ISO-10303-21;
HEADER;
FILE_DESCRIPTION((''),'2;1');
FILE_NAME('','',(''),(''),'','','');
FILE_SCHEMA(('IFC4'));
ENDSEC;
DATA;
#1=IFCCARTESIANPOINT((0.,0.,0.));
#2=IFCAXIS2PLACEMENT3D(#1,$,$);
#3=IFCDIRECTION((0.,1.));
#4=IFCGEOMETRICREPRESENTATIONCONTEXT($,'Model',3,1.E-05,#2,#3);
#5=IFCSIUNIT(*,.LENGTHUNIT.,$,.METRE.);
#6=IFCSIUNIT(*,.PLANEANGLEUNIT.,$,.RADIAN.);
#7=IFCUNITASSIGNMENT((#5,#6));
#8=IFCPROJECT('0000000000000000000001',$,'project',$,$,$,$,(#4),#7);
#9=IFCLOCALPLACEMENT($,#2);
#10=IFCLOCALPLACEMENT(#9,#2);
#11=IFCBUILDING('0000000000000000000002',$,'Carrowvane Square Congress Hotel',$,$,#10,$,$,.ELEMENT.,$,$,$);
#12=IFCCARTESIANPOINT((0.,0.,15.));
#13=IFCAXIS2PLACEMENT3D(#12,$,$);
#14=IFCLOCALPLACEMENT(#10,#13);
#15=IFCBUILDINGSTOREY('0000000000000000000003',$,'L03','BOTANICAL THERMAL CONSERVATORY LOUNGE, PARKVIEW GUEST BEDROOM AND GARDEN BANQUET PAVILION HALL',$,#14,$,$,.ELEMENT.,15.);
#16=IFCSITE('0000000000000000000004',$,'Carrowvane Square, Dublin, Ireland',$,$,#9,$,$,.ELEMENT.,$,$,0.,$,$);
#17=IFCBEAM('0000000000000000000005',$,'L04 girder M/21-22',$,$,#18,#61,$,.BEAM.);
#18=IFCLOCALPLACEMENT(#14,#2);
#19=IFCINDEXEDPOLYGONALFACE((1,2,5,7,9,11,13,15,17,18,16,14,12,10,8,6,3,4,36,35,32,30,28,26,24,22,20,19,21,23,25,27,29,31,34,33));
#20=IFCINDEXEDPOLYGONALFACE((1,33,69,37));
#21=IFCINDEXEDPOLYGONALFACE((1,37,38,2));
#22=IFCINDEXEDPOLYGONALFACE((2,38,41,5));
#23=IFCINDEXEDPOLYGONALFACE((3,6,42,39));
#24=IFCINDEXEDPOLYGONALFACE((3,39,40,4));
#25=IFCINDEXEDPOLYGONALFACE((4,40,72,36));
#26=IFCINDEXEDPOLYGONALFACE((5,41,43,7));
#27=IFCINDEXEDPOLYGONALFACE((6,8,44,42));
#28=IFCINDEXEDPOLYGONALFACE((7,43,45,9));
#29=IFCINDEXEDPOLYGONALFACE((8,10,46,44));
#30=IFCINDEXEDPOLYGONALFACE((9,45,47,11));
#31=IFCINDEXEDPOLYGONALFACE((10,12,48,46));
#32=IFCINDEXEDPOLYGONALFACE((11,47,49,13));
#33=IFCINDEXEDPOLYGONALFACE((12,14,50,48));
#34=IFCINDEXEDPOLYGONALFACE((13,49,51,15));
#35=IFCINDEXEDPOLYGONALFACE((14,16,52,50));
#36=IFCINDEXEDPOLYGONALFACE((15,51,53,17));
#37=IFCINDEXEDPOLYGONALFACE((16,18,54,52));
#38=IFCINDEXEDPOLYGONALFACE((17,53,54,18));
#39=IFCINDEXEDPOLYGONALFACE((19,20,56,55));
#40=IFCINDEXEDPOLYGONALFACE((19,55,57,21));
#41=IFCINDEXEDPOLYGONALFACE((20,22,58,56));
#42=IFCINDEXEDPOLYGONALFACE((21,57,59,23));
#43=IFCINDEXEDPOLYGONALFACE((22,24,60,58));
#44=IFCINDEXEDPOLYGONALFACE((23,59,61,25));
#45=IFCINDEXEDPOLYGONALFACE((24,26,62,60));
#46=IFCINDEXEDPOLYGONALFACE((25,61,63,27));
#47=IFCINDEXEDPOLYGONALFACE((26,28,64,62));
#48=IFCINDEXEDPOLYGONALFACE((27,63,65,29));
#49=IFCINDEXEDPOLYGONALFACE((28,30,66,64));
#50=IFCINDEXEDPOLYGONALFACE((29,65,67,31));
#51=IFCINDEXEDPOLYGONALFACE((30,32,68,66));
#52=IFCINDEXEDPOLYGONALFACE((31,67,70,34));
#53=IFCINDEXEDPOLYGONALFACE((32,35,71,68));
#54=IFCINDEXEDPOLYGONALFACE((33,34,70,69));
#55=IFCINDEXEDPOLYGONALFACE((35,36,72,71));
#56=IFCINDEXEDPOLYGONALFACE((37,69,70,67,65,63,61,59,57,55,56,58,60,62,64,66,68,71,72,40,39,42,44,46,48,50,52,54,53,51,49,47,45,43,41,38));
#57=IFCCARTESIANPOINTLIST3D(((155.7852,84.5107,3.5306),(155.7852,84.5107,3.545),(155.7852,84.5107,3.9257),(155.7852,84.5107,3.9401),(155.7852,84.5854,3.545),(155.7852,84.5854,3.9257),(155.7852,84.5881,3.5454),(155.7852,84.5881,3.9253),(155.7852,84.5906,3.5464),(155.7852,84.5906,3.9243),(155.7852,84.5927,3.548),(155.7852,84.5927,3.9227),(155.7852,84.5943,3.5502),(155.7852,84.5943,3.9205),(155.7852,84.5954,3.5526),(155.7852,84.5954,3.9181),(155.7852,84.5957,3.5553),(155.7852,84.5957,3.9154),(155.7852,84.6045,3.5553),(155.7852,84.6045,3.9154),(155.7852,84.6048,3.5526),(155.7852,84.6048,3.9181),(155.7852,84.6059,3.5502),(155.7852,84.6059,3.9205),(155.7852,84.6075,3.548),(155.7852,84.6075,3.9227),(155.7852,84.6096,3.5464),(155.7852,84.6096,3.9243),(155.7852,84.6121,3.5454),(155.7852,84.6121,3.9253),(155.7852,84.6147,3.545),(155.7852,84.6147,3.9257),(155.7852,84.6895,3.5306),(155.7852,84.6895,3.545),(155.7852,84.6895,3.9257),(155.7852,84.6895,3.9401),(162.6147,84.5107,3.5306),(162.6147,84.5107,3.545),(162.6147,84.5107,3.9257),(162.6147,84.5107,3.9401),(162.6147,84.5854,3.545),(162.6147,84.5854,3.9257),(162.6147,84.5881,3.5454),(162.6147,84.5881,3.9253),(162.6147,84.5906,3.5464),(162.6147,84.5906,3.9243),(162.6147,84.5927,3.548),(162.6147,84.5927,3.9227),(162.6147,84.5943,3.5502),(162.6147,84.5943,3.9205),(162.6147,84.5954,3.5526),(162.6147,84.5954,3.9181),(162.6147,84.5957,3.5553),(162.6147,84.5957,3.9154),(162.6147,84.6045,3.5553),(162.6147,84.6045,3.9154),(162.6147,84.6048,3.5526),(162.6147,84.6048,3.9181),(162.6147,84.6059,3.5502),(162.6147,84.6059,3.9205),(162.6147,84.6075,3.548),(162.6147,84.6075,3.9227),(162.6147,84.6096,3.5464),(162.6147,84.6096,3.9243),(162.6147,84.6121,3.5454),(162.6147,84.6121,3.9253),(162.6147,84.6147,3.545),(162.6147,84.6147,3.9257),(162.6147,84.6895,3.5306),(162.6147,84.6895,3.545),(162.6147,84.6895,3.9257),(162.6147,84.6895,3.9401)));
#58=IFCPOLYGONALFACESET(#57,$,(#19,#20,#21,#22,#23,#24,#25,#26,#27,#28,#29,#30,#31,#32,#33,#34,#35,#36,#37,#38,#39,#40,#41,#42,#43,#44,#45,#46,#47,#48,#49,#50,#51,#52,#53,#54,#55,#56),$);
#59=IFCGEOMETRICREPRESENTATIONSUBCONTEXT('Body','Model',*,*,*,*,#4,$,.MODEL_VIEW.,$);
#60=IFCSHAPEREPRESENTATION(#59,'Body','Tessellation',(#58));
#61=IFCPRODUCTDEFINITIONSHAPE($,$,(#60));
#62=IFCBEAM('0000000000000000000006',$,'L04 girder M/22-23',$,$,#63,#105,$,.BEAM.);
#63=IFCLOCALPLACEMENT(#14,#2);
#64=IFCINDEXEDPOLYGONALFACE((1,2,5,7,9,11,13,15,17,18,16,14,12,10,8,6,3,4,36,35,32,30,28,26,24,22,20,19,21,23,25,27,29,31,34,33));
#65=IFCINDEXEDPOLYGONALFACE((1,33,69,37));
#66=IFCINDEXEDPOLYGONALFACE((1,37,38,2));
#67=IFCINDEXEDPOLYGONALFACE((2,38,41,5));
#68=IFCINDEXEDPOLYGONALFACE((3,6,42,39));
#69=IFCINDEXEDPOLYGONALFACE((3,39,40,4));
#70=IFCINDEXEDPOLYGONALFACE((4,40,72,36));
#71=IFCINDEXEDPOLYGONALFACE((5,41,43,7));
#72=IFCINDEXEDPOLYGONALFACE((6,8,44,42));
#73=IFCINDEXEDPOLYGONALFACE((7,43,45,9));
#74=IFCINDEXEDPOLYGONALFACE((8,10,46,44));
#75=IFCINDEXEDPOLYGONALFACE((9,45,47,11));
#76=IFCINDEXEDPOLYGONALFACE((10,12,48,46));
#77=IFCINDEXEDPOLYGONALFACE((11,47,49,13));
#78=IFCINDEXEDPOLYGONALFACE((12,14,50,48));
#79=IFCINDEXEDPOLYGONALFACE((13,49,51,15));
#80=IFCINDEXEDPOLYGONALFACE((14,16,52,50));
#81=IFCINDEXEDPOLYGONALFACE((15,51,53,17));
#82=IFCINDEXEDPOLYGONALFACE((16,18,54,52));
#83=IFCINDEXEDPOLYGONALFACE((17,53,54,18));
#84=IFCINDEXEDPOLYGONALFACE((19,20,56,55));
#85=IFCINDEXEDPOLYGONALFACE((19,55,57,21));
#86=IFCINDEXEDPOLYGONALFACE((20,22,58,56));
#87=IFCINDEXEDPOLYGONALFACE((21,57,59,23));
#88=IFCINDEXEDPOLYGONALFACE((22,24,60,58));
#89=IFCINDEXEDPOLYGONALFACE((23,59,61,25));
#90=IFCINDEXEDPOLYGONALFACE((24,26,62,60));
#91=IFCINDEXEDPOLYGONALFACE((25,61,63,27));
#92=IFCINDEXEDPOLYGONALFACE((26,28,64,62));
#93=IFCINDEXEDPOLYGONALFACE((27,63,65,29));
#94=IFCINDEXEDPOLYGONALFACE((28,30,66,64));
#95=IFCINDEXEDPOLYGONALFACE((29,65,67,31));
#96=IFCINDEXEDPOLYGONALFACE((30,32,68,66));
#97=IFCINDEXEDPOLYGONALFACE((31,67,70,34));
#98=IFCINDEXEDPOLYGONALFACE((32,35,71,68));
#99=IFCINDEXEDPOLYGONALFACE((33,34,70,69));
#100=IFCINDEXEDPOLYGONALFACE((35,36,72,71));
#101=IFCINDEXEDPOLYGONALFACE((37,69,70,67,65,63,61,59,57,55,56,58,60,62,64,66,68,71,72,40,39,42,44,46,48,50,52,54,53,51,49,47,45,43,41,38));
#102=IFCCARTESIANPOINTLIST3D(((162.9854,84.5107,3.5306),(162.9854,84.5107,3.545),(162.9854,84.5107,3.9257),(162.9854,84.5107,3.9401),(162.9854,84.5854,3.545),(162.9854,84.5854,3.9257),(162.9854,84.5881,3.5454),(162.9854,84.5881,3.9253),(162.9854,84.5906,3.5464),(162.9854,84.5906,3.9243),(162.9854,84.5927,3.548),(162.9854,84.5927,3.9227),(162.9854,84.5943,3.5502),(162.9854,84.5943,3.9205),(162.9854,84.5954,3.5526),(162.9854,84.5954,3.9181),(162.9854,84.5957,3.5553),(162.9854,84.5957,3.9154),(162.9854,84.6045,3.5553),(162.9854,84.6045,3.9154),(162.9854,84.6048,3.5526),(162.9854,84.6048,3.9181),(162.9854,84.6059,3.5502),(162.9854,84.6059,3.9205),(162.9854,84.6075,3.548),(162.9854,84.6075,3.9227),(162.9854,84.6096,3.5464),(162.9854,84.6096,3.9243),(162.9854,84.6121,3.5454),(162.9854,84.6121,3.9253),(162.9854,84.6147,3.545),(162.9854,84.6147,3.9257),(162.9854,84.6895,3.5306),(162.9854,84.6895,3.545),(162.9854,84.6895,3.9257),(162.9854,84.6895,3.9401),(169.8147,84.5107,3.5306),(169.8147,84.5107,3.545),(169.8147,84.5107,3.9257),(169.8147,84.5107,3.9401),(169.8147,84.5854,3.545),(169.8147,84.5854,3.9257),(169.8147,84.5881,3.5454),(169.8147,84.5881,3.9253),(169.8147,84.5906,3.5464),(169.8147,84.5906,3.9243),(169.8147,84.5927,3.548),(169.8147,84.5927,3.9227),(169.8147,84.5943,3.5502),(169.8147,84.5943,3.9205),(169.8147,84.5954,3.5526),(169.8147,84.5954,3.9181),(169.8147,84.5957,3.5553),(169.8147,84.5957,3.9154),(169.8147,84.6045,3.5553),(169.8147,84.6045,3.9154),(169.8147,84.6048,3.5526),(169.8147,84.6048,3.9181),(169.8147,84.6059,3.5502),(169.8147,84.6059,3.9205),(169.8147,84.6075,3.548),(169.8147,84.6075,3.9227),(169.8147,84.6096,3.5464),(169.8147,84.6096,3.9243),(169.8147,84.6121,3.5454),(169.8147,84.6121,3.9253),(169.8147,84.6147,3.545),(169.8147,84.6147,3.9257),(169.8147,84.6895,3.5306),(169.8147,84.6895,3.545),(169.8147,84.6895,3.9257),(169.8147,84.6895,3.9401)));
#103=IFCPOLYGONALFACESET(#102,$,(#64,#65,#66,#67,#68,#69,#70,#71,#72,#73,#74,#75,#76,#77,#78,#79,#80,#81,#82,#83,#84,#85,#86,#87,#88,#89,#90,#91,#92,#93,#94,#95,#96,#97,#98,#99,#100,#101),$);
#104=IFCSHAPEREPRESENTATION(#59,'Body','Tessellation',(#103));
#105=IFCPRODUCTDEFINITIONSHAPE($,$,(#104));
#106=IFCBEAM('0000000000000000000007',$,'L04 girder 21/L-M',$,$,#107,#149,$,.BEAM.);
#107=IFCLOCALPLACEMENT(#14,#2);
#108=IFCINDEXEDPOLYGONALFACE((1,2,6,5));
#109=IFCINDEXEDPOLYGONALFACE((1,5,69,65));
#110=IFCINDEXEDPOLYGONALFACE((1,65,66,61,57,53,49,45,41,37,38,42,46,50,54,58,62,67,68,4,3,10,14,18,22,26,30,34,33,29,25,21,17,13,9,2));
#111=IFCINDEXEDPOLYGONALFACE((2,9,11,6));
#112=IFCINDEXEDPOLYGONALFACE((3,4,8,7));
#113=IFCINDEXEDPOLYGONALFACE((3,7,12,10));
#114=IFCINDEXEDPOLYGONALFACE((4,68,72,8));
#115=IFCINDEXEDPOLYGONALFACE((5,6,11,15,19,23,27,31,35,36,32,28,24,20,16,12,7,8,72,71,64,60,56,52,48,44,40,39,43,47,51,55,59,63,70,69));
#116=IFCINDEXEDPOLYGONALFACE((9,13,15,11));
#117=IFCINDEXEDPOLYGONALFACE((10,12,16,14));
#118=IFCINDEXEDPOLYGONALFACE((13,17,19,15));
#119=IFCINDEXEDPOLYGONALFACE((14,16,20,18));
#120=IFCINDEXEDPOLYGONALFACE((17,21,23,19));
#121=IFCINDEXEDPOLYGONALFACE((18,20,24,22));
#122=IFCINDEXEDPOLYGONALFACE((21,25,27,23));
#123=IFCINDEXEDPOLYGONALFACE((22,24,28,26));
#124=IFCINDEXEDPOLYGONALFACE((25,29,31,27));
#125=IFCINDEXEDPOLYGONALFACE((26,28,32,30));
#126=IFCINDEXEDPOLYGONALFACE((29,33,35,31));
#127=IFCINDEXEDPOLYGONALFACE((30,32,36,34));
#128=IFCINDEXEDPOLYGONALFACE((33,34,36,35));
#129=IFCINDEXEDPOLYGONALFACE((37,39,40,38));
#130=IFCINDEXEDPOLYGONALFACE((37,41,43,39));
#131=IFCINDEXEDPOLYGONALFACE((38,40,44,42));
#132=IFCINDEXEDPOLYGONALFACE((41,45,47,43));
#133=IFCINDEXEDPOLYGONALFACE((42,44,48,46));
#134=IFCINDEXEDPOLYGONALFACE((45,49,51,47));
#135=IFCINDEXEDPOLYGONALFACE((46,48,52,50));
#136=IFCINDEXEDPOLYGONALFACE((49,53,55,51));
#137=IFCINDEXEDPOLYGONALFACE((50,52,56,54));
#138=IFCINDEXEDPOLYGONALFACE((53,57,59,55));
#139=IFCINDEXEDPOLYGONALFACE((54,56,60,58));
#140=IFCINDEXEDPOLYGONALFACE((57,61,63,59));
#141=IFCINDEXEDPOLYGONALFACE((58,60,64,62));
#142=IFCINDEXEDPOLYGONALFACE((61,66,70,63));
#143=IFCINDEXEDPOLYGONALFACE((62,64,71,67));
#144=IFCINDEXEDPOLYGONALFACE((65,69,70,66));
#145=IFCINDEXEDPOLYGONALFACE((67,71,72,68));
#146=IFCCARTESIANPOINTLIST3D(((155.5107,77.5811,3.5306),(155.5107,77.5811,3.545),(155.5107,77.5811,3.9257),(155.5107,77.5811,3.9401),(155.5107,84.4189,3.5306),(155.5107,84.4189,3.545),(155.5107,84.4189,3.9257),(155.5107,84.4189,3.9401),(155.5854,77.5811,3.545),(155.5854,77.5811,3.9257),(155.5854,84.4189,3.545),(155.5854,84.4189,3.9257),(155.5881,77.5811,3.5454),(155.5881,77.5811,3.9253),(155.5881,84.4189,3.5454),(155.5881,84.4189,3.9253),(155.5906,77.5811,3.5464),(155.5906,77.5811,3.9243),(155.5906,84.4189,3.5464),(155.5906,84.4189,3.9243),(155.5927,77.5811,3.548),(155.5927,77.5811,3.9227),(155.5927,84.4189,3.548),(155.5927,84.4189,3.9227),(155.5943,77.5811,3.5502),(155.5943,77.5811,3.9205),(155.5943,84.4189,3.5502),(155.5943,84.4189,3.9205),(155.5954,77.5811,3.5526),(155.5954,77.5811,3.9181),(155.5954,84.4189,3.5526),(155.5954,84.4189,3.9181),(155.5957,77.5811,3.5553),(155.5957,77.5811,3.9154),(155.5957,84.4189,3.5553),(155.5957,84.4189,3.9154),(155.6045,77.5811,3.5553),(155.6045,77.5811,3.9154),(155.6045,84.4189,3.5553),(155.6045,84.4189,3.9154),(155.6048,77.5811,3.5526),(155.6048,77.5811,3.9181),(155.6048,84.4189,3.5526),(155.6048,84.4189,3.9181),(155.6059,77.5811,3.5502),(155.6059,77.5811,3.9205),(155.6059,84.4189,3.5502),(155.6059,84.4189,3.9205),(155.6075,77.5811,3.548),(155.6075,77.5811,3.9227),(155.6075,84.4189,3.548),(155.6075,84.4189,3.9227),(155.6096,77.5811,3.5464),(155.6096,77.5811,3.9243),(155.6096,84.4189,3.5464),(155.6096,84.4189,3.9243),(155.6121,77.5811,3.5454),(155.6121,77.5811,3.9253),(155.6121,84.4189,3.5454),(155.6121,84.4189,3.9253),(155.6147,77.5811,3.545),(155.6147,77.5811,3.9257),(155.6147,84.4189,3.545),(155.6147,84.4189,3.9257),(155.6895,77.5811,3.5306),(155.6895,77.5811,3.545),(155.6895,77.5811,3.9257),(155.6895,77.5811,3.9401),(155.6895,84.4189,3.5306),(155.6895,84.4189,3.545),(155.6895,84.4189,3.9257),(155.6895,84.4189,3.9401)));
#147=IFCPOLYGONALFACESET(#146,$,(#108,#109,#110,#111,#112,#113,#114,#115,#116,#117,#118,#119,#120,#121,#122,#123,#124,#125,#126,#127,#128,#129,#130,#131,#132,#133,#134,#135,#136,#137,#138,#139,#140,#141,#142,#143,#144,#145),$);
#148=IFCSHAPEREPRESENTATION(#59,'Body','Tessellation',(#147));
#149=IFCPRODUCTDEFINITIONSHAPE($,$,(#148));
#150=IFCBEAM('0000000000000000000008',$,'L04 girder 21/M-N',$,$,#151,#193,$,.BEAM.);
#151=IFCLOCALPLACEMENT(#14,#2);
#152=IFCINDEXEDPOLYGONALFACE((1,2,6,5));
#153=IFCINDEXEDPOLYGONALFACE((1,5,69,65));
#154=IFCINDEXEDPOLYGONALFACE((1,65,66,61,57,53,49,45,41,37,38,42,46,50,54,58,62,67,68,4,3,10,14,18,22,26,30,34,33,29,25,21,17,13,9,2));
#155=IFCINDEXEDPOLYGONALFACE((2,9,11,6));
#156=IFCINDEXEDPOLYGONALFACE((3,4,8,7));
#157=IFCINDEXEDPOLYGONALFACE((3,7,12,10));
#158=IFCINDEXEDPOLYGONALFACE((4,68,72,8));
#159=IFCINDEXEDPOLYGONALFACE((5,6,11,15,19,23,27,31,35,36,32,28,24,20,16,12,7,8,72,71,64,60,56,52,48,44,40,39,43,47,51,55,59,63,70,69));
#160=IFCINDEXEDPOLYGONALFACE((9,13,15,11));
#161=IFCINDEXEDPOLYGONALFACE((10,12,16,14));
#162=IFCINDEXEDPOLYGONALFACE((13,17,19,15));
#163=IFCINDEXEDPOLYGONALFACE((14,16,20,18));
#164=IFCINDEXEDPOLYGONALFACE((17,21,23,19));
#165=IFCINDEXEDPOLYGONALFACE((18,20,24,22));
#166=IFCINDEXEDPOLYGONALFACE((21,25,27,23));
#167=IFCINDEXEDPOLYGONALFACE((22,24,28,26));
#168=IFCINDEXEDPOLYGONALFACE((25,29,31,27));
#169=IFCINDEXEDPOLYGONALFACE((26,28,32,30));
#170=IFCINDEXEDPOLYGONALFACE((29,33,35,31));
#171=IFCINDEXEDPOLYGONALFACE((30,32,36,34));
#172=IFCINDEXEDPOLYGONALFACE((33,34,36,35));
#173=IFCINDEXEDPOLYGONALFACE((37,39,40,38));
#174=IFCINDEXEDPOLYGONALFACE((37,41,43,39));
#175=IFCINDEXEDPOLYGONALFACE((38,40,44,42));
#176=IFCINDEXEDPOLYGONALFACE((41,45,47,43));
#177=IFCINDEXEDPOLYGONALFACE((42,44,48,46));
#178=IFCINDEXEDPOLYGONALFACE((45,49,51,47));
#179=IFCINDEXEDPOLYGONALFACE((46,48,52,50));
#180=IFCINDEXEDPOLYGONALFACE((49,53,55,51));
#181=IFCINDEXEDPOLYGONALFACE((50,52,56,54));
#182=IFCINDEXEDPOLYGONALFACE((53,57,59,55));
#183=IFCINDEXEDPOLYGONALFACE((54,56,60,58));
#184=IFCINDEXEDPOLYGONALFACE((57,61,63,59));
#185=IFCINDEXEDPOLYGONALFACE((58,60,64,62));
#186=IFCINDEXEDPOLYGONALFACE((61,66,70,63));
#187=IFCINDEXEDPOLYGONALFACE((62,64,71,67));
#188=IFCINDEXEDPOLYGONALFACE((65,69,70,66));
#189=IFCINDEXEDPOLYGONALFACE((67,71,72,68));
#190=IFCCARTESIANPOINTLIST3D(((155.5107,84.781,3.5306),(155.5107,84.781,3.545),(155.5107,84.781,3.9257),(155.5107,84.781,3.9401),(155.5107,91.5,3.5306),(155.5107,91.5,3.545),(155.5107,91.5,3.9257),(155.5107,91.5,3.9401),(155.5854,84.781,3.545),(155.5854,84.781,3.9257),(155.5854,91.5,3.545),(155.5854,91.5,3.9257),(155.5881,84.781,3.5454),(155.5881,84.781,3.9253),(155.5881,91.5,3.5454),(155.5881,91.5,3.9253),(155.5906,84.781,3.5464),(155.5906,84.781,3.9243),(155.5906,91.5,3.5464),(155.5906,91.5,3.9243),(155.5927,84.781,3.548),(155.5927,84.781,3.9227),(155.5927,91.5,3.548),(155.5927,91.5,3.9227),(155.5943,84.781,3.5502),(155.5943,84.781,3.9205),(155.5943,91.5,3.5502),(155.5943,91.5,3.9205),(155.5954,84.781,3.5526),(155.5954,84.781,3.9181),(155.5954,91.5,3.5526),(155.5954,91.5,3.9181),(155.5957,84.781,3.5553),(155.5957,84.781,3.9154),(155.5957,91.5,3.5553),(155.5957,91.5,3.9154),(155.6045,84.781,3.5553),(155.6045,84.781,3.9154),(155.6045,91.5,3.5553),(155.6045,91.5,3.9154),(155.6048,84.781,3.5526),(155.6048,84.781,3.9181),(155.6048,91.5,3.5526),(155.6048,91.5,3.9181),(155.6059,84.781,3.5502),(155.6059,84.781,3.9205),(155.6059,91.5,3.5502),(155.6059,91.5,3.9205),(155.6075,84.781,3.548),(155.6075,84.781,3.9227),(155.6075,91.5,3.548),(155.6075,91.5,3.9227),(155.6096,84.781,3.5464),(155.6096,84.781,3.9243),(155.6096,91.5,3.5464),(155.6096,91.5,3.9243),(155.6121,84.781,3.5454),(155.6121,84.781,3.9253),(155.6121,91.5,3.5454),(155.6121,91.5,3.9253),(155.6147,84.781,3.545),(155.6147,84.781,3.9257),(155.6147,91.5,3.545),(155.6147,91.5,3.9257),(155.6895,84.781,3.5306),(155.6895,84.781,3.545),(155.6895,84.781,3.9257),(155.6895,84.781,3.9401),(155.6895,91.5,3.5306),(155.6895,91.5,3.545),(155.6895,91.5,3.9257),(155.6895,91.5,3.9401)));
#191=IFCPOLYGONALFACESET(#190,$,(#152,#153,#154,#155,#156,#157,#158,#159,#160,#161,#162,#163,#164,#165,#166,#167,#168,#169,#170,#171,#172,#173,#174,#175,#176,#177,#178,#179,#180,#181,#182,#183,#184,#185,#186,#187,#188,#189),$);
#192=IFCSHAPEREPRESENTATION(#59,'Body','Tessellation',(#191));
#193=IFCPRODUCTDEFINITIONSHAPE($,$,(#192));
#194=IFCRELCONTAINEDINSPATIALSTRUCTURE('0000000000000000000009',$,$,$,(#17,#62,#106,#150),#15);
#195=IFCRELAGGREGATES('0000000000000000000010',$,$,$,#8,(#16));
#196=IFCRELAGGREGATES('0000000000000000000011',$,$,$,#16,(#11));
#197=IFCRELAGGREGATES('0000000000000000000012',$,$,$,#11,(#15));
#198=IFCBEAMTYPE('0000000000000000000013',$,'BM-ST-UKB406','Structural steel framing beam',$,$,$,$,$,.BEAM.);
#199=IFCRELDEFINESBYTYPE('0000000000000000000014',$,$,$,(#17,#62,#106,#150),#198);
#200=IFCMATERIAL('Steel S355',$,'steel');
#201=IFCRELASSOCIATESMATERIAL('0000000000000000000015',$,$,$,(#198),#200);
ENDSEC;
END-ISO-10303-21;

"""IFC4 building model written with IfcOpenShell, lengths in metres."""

from ifc_helpers import new_model, si_unit, direction, frame, origin, origin_2d, place, context, subcontext, project, spatial, i_section, extrude, material, material_profile, profile_set, type_object, element, save


model = new_model("IFC4")

# Units and contexts
model_context = context("Model", 3, precision=1e-05, world=origin(), true_north=direction((0.0, 1.0)))
body_context = subcontext(model_context, "Body", "Model", "MODEL_VIEW")
ifc_project = project(units=[si_unit("LENGTHUNIT", "METRE"), si_unit("PLANEANGLEUNIT", "RADIAN")], contexts=[model_context])

# Site, building, storey
site_placement = place(None, origin())
site = spatial("IfcSite", under=ifc_project, at=site_placement, Name="Carrowvane Square, Dublin, Ireland", CompositionType="ELEMENT", RefElevation=0.0)
building_placement = place(site_placement, origin())
building = spatial("IfcBuilding", under=site, at=building_placement, Name="Carrowvane Square Congress Hotel", CompositionType="ELEMENT")
storey_placement = place(building_placement, frame((0.0, 0.0, 15.0)))
storey = spatial("IfcBuildingStorey", under=building, at=storey_placement, Name="L03", Description="BOTANICAL THERMAL CONSERVATORY LOUNGE, PARKVIEW GUEST BEDROOM AND GARDEN BANQUET PAVILION HALL", CompositionType="ELEMENT", Elevation=15.0)

# Beams
ifc_material_1 = material(Name="Steel S355", Category="steel")
ifc_material_profile_1 = material_profile(ifc_material_1, i_section(OverallWidth=0.1787, OverallDepth=0.4094, WebThickness=0.0088, FlangeThickness=0.0144, FilletRadius=0.0103, at=origin_2d()), Name="UKB 406x178x67")
ifc_profile_set_1 = profile_set([ifc_material_profile_1], Name="Steel S355")
beam_type_1 = type_object("IfcBeamType", Name="BM-ST-UKB406", Description="Structural steel framing beam", PredefinedType="BEAM", material=ifc_profile_set_1)
beam_1_placement = place(storey_placement, frame((155.7852, 84.6001, 3.7354), z_axis=(1.0, 0.0, 0.0), x_axis=(0.0, 1.0, 0.0)))
element("IfcBeam", 1, at=beam_1_placement, inside=storey, type_object=beam_type_1, Name="L04 girder M/21-22", PredefinedType="BEAM", context=body_context, shape_type="SweptSolid", body=[
    extrude(i_section(OverallWidth=0.1787, OverallDepth=0.4094, WebThickness=0.0088, FlangeThickness=0.0144, FilletRadius=0.0103, at=origin_2d()), origin(), (0.0, 0.0, 1.0), 6.8296),
])
beam_2_placement = place(storey_placement, frame((162.9854, 84.6001, 3.7354), z_axis=(1.0, 0.0, 0.0), x_axis=(0.0, 1.0, 0.0)))
element("IfcBeam", 2, at=beam_2_placement, inside=storey, type_object=beam_type_1, Name="L04 girder M/22-23", PredefinedType="BEAM", context=body_context, shape_type="SweptSolid", body=[
    extrude(i_section(OverallWidth=0.1787, OverallDepth=0.4094, WebThickness=0.0088, FlangeThickness=0.0144, FilletRadius=0.0103, at=origin_2d()), origin(), (0.0, 0.0, 1.0), 6.8293),
])
beam_3_placement = place(storey_placement, frame((155.6001, 77.5811, 3.7354), z_axis=(0.0, 1.0, 0.0), x_axis=(-1.0, 0.0, 0.0)))
element("IfcBeam", 3, at=beam_3_placement, inside=storey, type_object=beam_type_1, Name="L04 girder 21/L-M", PredefinedType="BEAM", context=body_context, shape_type="SweptSolid", body=[
    extrude(i_section(OverallWidth=0.1787, OverallDepth=0.4094, WebThickness=0.0088, FlangeThickness=0.0144, FilletRadius=0.0103, at=origin_2d()), origin(), (0.0, 0.0, 1.0), 6.8379),
])
beam_4_placement = place(storey_placement, frame((155.6001, 84.781, 3.7354), z_axis=(0.0, 1.0, 0.0), x_axis=(-1.0, 0.0, 0.0)))
element("IfcBeam", 4, at=beam_4_placement, inside=storey, type_object=beam_type_1, Name="L04 girder 21/M-N", PredefinedType="BEAM", context=body_context, shape_type="SweptSolid", body=[
    extrude(i_section(OverallWidth=0.1787, OverallDepth=0.4094, WebThickness=0.0088, FlangeThickness=0.0144, FilletRadius=0.0103, at=origin_2d()), origin(), (0.0, 0.0, 1.0), 6.719),
])

save(model, "model.ifc")
